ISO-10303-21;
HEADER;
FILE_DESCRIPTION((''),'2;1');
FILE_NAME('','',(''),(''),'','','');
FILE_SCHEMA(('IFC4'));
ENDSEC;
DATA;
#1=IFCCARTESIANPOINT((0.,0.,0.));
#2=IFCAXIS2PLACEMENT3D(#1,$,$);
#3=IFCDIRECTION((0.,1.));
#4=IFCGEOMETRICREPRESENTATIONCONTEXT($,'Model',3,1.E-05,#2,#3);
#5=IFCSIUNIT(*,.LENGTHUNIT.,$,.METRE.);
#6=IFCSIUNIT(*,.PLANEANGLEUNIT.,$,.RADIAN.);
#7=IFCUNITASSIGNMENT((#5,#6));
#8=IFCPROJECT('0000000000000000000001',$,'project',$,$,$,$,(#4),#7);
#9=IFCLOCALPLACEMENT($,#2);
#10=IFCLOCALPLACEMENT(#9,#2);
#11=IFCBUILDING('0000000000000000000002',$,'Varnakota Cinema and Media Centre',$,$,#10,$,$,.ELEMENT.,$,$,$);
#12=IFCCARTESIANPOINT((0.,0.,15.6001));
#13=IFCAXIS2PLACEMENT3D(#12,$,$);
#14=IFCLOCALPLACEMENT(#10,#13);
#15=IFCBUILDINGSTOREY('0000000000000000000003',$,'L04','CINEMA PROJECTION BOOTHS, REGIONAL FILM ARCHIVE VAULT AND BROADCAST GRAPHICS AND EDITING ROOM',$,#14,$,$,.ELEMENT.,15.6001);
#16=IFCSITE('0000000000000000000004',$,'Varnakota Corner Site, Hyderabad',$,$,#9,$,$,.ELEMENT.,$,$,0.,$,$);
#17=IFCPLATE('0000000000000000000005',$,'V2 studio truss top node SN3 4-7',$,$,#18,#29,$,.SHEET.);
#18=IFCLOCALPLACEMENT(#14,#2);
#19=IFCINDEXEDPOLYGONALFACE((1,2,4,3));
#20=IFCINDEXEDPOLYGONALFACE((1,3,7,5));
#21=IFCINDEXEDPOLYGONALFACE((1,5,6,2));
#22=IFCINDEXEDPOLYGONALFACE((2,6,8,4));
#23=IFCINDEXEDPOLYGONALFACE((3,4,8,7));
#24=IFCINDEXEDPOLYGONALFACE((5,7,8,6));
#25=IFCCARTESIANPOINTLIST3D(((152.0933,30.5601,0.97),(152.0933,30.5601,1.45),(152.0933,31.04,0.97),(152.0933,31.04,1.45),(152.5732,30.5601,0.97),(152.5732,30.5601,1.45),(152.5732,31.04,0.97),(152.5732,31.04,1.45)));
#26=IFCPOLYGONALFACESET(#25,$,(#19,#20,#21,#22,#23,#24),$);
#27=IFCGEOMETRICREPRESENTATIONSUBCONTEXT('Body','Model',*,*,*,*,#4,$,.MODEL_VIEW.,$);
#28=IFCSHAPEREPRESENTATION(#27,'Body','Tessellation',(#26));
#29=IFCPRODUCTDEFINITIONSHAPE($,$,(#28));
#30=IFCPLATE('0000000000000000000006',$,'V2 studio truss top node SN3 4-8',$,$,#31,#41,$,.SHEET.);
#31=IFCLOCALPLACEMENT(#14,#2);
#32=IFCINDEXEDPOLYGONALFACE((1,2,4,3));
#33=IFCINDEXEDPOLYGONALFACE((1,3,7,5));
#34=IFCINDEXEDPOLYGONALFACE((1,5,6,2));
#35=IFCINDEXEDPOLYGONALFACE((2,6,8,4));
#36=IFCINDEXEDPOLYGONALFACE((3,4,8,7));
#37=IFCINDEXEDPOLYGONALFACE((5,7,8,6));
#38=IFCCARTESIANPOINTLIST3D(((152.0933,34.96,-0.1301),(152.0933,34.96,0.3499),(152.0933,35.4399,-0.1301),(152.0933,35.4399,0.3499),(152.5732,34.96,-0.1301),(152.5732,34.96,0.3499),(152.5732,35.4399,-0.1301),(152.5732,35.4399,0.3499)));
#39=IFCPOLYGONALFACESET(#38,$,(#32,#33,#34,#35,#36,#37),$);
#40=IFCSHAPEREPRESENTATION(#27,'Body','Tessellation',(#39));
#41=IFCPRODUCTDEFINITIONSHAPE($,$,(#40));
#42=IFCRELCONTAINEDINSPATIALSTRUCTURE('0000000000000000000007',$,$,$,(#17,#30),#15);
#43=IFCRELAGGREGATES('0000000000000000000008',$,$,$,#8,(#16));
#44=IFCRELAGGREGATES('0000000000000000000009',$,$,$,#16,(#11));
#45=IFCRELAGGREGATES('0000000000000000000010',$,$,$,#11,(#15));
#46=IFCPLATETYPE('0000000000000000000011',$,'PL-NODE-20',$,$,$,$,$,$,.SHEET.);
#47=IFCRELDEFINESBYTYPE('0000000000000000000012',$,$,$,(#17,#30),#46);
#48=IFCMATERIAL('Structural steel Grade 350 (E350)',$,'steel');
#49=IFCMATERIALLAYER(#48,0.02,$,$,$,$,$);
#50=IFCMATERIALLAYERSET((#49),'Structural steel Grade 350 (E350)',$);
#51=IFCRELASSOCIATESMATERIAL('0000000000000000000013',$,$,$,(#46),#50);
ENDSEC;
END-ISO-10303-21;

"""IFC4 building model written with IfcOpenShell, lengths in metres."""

from ifc_helpers import new_model, si_unit, direction, frame, origin, origin_2d, place, context, subcontext, project, spatial, rectangle, extrude, material, layer, layer_set, type_object, element, save


model = new_model("IFC4")

# Units and contexts
model_context = context("Model", 3, precision=1e-05, world=origin(), true_north=direction((0.0, 1.0)))
body_context = subcontext(model_context, "Body", "Model", "MODEL_VIEW")
ifc_project = project(units=[si_unit("LENGTHUNIT", "METRE"), si_unit("PLANEANGLEUNIT", "RADIAN")], contexts=[model_context])

# Site, building, storey
site_placement = place(None, origin())
site = spatial("IfcSite", under=ifc_project, at=site_placement, Name="Varnakota Corner Site, Hyderabad", CompositionType="ELEMENT", RefElevation=0.0)
building_placement = place(site_placement, origin())
building = spatial("IfcBuilding", under=site, at=building_placement, Name="Varnakota Cinema and Media Centre", CompositionType="ELEMENT")
storey_placement = place(building_placement, frame((0.0, 0.0, 15.6001)))
storey = spatial("IfcBuildingStorey", under=building, at=storey_placement, Name="L04", Description="CINEMA PROJECTION BOOTHS, REGIONAL FILM ARCHIVE VAULT AND BROADCAST GRAPHICS AND EDITING ROOM", CompositionType="ELEMENT", Elevation=15.6001)

# Plates
ifc_material_1 = material(Name="Structural steel Grade 350 (E350)", Category="steel")
ifc_layer_1 = layer(ifc_material_1, 0.02)
ifc_layer_set_1 = layer_set([ifc_layer_1], Name="Structural steel Grade 350 (E350)")
plate_type_1 = type_object("IfcPlateType", Name="PL-NODE-20", PredefinedType="SHEET", material=ifc_layer_set_1)
for number, where, z_axis, x_axis, name in (
    (1, (152.3333, 30.8, 0.97), (0.0, 0.0, 1.0), (1.0, 0.0, 0.0), "V2 studio truss top node SN3 4-7"),
    (2, (152.3333, 35.2, -0.1301), (0.0, 0.0, 1.0), (1.0, 0.0, 0.0), "V2 studio truss top node SN3 4-8"),
):
    element("IfcPlate", number, at=place(storey_placement, frame(where, z_axis=z_axis, x_axis=x_axis)), inside=storey, type_object=plate_type_1, Name=name, PredefinedType="SHEET", context=body_context, shape_type="SweptSolid", body=[
        extrude(rectangle(XDim=0.48, YDim=0.48, at=origin_2d()), origin(), (0.0, 0.0, 1.0), 0.48),
    ])

save(model, "model.ifc")
